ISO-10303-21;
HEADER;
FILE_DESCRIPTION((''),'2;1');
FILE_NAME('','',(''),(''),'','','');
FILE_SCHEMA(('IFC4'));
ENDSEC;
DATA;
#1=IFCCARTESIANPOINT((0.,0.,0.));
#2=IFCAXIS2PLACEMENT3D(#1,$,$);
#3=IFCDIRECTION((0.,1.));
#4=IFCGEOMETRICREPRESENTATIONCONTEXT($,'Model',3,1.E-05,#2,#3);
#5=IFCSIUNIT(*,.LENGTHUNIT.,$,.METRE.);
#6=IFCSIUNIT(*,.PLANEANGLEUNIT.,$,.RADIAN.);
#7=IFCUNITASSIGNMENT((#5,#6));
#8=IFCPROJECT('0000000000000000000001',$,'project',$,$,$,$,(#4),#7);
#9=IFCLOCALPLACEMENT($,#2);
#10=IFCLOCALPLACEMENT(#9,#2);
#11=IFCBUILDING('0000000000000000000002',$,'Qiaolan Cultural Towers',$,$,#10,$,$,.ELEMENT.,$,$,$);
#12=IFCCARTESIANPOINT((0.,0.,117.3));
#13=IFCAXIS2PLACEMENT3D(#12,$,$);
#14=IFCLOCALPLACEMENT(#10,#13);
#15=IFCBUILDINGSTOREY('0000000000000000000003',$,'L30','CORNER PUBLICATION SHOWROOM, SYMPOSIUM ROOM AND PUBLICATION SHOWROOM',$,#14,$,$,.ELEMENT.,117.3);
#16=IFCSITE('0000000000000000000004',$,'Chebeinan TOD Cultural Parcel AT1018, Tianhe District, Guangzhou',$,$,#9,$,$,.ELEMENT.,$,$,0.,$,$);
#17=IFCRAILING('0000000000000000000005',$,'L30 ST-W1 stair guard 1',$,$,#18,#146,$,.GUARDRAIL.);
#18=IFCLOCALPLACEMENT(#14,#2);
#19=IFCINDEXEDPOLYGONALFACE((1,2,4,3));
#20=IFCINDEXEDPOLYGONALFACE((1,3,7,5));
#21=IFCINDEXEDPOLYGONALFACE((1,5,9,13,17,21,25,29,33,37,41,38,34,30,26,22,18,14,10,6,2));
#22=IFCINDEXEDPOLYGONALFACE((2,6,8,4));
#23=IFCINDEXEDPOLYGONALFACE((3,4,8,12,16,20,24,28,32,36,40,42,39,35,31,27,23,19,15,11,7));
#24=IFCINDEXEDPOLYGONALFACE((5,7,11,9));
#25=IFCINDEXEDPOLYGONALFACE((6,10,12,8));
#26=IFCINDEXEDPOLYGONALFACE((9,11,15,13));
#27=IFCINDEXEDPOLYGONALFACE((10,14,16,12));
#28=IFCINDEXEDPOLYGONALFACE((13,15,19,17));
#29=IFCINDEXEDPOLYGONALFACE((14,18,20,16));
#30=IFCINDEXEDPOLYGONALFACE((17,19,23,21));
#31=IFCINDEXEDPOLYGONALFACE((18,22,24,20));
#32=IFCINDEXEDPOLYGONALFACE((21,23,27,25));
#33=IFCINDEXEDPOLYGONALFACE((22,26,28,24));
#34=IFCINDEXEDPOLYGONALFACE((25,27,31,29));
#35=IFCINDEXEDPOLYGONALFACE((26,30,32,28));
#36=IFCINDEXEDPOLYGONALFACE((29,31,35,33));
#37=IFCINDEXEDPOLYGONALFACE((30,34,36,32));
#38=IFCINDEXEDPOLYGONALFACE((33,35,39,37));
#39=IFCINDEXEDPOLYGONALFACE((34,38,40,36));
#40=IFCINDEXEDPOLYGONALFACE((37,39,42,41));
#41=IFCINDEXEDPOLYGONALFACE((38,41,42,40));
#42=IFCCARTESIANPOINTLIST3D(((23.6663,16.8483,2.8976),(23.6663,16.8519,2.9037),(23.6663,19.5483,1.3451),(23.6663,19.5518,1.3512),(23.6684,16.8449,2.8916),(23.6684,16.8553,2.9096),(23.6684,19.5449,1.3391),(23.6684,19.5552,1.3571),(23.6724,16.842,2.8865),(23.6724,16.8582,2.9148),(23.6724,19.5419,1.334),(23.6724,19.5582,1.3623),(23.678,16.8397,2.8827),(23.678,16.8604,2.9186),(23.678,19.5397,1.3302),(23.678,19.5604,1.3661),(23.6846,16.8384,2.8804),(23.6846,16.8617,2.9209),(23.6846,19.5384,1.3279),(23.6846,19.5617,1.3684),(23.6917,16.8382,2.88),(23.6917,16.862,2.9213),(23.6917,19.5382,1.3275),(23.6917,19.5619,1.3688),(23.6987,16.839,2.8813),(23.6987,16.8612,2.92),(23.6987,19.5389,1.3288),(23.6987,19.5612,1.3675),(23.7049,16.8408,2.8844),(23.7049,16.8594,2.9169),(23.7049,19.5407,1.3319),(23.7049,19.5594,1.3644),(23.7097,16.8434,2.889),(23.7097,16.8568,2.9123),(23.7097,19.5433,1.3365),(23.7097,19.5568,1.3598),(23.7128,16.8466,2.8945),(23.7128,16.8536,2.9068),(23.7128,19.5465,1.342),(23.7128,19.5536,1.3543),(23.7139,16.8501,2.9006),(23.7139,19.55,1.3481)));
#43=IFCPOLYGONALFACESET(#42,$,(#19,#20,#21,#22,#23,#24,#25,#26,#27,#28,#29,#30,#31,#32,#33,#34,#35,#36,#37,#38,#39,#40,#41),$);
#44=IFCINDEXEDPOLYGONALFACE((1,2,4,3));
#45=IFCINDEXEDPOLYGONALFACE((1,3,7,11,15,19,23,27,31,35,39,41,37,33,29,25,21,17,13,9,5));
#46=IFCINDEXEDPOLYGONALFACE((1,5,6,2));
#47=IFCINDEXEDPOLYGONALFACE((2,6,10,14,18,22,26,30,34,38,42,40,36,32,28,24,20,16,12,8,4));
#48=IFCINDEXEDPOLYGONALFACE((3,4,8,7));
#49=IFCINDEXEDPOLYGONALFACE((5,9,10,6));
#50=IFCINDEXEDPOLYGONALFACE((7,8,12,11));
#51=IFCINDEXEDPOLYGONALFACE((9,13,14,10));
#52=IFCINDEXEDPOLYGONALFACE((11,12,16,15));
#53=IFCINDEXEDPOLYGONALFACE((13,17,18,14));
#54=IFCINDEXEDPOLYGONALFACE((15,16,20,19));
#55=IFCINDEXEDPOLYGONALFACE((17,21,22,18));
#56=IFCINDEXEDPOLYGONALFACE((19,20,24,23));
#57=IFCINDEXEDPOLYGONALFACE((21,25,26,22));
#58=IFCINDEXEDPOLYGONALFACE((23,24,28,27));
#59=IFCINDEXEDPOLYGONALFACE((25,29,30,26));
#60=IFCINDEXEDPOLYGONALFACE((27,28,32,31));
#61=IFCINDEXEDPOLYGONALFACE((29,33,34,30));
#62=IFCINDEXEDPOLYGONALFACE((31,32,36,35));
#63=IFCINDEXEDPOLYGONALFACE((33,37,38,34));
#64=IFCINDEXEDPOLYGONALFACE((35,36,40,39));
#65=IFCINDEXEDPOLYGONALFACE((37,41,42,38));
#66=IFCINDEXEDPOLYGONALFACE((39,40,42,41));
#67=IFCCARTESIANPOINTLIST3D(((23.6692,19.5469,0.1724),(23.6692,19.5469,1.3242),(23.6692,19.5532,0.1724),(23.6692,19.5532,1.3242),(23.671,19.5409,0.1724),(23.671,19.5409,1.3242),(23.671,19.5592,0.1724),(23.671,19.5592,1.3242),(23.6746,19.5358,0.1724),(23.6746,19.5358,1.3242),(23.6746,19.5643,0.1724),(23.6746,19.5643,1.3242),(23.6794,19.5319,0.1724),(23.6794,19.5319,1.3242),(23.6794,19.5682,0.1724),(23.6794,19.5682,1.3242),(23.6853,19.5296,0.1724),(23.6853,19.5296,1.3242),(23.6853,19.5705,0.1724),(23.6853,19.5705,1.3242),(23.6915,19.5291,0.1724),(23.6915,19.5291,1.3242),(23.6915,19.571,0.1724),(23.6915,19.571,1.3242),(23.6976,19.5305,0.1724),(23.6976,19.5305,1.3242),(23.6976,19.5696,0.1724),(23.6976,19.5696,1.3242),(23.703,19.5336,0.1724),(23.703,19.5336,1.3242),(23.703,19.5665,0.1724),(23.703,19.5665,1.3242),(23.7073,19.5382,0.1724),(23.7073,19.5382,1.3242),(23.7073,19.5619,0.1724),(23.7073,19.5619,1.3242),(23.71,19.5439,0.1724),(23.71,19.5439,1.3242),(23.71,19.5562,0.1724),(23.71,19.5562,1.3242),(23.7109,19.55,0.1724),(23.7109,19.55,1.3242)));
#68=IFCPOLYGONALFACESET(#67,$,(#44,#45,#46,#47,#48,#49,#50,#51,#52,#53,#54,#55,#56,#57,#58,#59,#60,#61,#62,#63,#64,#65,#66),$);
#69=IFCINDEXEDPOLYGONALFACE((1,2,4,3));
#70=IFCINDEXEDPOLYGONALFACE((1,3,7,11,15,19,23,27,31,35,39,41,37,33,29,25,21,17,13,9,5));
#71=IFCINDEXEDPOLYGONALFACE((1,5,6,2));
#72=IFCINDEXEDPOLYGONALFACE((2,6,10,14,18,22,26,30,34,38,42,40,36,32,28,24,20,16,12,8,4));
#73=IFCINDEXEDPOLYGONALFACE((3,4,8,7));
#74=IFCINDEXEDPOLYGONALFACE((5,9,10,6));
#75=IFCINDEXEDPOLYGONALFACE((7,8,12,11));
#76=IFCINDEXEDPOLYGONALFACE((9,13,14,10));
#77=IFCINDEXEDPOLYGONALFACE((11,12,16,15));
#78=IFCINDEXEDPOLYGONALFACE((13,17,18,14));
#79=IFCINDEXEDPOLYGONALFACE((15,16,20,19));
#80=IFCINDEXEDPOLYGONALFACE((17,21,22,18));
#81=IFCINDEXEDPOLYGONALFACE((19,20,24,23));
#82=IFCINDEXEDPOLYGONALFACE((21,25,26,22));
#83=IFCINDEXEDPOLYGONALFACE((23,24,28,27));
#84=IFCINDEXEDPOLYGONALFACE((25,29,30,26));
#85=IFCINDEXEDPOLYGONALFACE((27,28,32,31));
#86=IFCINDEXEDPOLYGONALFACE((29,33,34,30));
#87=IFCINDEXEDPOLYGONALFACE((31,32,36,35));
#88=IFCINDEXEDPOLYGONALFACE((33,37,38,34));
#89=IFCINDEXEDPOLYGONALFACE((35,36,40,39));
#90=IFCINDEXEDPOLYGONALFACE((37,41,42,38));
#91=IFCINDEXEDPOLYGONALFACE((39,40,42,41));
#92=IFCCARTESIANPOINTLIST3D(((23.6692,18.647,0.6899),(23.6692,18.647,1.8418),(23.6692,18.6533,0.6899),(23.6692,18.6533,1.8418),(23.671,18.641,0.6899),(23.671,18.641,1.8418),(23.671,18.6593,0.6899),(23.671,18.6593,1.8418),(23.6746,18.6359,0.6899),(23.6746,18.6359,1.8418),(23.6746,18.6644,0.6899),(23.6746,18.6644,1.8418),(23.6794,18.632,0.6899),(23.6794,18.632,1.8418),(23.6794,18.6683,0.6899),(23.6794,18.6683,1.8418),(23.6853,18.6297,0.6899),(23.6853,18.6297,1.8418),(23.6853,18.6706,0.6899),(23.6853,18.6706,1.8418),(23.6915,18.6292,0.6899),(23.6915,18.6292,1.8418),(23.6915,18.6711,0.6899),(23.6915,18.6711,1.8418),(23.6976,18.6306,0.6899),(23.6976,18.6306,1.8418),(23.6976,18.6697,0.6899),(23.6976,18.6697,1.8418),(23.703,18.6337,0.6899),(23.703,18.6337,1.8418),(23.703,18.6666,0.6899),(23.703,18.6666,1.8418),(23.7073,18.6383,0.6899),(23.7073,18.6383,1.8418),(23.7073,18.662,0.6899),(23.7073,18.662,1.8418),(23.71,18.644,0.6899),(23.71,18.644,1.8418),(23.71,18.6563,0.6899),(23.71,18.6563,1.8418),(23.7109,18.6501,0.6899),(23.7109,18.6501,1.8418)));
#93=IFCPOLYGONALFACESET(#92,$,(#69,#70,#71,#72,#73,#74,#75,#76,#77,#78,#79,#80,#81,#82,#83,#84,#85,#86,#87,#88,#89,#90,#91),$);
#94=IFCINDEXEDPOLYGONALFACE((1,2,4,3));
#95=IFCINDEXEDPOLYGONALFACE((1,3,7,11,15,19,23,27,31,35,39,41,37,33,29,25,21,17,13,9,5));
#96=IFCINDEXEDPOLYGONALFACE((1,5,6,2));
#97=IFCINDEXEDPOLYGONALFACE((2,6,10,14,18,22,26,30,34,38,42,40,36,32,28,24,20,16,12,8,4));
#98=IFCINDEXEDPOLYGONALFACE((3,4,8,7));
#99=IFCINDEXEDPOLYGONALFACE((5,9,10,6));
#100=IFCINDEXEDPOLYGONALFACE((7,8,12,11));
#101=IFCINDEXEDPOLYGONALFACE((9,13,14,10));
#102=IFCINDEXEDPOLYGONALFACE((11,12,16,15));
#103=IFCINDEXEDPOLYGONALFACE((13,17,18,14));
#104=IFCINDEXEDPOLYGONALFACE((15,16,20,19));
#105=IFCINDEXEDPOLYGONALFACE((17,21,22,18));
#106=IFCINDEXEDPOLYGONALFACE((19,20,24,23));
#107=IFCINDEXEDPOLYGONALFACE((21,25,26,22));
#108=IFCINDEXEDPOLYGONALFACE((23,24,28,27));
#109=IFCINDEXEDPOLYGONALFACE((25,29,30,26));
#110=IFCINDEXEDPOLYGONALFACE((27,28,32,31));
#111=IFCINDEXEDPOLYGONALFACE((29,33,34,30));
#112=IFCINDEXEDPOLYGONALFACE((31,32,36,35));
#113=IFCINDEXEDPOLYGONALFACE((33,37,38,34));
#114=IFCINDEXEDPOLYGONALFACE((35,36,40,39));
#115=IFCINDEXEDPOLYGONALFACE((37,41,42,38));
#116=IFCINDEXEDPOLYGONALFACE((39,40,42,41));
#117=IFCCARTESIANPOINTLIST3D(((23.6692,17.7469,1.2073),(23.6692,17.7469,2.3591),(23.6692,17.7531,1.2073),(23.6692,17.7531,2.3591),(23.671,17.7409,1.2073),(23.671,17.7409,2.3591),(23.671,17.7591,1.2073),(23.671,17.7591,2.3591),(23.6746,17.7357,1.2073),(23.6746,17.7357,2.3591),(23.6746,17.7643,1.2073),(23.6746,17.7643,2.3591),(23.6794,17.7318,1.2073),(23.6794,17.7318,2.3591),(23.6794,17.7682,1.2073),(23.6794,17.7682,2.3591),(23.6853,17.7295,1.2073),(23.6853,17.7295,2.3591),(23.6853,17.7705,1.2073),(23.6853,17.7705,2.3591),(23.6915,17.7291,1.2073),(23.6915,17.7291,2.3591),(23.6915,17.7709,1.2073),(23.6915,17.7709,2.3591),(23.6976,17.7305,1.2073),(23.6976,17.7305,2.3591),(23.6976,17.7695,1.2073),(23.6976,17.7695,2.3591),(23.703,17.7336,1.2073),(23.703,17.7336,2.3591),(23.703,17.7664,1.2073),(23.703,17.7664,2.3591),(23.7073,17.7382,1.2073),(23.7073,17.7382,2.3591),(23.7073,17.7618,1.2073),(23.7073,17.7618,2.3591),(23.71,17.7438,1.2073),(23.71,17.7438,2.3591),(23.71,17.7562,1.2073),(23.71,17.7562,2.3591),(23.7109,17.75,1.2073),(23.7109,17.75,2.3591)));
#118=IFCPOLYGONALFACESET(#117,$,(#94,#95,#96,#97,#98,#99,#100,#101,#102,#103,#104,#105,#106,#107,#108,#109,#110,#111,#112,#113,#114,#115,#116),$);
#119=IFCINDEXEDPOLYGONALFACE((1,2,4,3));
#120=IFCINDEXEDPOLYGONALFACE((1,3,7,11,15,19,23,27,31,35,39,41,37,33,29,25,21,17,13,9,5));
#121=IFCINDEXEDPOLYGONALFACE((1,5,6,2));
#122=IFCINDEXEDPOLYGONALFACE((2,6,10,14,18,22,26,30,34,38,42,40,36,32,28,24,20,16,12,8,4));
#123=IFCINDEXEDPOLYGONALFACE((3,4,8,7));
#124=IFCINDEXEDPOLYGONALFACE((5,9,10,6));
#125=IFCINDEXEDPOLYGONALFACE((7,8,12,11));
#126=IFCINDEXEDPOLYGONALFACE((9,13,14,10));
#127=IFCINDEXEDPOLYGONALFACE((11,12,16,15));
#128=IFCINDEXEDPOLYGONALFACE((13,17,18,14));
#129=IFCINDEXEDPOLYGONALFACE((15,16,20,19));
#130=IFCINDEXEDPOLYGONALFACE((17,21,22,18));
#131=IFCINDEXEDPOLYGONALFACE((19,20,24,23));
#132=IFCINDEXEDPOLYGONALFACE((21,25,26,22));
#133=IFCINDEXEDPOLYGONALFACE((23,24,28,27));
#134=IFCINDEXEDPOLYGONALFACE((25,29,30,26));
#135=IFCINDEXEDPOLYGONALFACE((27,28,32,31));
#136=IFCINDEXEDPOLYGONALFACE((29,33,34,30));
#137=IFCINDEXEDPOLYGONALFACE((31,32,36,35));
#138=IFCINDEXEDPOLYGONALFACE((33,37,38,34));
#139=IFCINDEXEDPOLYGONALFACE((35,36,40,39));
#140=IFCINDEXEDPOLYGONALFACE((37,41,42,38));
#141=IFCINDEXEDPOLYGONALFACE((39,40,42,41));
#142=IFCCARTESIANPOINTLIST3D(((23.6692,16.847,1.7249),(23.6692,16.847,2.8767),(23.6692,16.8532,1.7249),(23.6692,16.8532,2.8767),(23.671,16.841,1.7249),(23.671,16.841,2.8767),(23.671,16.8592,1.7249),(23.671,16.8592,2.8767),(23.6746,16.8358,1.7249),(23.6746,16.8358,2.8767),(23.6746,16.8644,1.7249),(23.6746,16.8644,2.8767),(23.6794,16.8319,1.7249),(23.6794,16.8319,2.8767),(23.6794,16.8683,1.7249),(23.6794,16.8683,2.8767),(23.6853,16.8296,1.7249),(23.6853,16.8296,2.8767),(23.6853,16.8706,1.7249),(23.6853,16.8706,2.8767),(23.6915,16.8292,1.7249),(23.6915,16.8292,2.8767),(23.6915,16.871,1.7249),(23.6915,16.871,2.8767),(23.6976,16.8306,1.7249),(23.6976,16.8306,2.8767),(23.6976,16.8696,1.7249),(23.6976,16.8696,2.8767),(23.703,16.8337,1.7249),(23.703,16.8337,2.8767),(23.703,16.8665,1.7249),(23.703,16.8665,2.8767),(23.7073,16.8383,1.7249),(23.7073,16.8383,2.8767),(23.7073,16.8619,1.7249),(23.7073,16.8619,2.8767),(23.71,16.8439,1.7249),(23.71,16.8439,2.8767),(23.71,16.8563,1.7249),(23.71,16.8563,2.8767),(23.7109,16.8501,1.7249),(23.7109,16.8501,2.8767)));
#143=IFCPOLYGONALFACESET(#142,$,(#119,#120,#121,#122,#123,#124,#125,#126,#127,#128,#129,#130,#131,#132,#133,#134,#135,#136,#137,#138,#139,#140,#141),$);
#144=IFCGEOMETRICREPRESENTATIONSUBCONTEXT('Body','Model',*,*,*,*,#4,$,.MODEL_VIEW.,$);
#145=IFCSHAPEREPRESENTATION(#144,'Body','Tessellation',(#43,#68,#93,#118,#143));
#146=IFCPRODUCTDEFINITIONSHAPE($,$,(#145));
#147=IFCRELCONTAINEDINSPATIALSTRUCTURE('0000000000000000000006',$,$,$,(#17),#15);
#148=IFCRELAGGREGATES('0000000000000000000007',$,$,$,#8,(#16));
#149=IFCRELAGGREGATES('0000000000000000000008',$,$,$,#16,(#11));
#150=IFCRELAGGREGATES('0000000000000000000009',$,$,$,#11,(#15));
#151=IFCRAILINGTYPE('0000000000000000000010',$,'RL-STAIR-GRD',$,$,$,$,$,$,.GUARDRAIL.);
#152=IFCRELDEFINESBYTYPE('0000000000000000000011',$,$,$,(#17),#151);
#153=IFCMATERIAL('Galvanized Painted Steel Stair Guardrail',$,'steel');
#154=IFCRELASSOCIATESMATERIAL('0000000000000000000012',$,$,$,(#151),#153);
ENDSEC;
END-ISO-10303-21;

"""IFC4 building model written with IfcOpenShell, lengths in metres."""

from ifc_helpers import new_model, si_unit, direction, frame, origin, origin_2d, place, context, subcontext, project, spatial, circle, extrude, material, type_object, element, save


model = new_model("IFC4")

# Units and contexts
model_context = context("Model", 3, precision=1e-05, world=origin(), true_north=direction((0.0, 1.0)))
body_context = subcontext(model_context, "Body", "Model", "MODEL_VIEW")
ifc_project = project(units=[si_unit("LENGTHUNIT", "METRE"), si_unit("PLANEANGLEUNIT", "RADIAN")], contexts=[model_context])

# Site, building, storey
site_placement = place(None, origin())
site = spatial("IfcSite", under=ifc_project, at=site_placement, Name="Chebeinan TOD Cultural Parcel AT1018, Tianhe District, Guangzhou", CompositionType="ELEMENT", RefElevation=0.0)
building_placement = place(site_placement, origin())
building = spatial("IfcBuilding", under=site, at=building_placement, Name="Qiaolan Cultural Towers", CompositionType="ELEMENT")
storey_placement = place(building_placement, frame((0.0, 0.0, 117.3)))
storey = spatial("IfcBuildingStorey", under=building, at=storey_placement, Name="L30", Description="CORNER PUBLICATION SHOWROOM, SYMPOSIUM ROOM AND PUBLICATION SHOWROOM", CompositionType="ELEMENT", Elevation=117.3)

# Railing
ifc_material_1 = material(Name="Galvanized Painted Steel Stair Guardrail", Category="steel")
railing_type_1 = type_object("IfcRailingType", Name="RL-STAIR-GRD", PredefinedType="GUARDRAIL", material=ifc_material_1)
railing_1_placement = place(storey_placement, frame((23.6899, 19.55, 0.1724)))
element("IfcRailing", 1, at=railing_1_placement, inside=storey, type_object=railing_type_1, Name="L30 ST-W1 stair guard 1", PredefinedType="GUARDRAIL", context=body_context, shape_type="SweptSolid", body=[
    extrude(circle(Radius=0.0239, at=origin_2d()), frame((0.0, 0.0, 1.1758), z_axis=(0.0, -0.866904, 0.498476), x_axis=(1.0, 0.0, 0.0)), (0.0, 0.0, 1.0), 3.1145),
    extrude(circle(Radius=0.021, at=origin_2d()), origin(), (0.0, 0.0, 1.0), 1.1519),
    extrude(circle(Radius=0.021, at=origin_2d()), frame((0.0, -0.8999, 0.5176)), (0.0, 0.0, 1.0), 1.1519),
    extrude(circle(Radius=0.021, at=origin_2d()), frame((0.0, -1.8, 1.0349)), (0.0, 0.0, 1.0), 1.1519),
    extrude(circle(Radius=0.021, at=origin_2d()), frame((0.0, -2.7, 1.5525)), (0.0, 0.0, 1.0), 1.1519),
])

save(model, "model.ifc")
